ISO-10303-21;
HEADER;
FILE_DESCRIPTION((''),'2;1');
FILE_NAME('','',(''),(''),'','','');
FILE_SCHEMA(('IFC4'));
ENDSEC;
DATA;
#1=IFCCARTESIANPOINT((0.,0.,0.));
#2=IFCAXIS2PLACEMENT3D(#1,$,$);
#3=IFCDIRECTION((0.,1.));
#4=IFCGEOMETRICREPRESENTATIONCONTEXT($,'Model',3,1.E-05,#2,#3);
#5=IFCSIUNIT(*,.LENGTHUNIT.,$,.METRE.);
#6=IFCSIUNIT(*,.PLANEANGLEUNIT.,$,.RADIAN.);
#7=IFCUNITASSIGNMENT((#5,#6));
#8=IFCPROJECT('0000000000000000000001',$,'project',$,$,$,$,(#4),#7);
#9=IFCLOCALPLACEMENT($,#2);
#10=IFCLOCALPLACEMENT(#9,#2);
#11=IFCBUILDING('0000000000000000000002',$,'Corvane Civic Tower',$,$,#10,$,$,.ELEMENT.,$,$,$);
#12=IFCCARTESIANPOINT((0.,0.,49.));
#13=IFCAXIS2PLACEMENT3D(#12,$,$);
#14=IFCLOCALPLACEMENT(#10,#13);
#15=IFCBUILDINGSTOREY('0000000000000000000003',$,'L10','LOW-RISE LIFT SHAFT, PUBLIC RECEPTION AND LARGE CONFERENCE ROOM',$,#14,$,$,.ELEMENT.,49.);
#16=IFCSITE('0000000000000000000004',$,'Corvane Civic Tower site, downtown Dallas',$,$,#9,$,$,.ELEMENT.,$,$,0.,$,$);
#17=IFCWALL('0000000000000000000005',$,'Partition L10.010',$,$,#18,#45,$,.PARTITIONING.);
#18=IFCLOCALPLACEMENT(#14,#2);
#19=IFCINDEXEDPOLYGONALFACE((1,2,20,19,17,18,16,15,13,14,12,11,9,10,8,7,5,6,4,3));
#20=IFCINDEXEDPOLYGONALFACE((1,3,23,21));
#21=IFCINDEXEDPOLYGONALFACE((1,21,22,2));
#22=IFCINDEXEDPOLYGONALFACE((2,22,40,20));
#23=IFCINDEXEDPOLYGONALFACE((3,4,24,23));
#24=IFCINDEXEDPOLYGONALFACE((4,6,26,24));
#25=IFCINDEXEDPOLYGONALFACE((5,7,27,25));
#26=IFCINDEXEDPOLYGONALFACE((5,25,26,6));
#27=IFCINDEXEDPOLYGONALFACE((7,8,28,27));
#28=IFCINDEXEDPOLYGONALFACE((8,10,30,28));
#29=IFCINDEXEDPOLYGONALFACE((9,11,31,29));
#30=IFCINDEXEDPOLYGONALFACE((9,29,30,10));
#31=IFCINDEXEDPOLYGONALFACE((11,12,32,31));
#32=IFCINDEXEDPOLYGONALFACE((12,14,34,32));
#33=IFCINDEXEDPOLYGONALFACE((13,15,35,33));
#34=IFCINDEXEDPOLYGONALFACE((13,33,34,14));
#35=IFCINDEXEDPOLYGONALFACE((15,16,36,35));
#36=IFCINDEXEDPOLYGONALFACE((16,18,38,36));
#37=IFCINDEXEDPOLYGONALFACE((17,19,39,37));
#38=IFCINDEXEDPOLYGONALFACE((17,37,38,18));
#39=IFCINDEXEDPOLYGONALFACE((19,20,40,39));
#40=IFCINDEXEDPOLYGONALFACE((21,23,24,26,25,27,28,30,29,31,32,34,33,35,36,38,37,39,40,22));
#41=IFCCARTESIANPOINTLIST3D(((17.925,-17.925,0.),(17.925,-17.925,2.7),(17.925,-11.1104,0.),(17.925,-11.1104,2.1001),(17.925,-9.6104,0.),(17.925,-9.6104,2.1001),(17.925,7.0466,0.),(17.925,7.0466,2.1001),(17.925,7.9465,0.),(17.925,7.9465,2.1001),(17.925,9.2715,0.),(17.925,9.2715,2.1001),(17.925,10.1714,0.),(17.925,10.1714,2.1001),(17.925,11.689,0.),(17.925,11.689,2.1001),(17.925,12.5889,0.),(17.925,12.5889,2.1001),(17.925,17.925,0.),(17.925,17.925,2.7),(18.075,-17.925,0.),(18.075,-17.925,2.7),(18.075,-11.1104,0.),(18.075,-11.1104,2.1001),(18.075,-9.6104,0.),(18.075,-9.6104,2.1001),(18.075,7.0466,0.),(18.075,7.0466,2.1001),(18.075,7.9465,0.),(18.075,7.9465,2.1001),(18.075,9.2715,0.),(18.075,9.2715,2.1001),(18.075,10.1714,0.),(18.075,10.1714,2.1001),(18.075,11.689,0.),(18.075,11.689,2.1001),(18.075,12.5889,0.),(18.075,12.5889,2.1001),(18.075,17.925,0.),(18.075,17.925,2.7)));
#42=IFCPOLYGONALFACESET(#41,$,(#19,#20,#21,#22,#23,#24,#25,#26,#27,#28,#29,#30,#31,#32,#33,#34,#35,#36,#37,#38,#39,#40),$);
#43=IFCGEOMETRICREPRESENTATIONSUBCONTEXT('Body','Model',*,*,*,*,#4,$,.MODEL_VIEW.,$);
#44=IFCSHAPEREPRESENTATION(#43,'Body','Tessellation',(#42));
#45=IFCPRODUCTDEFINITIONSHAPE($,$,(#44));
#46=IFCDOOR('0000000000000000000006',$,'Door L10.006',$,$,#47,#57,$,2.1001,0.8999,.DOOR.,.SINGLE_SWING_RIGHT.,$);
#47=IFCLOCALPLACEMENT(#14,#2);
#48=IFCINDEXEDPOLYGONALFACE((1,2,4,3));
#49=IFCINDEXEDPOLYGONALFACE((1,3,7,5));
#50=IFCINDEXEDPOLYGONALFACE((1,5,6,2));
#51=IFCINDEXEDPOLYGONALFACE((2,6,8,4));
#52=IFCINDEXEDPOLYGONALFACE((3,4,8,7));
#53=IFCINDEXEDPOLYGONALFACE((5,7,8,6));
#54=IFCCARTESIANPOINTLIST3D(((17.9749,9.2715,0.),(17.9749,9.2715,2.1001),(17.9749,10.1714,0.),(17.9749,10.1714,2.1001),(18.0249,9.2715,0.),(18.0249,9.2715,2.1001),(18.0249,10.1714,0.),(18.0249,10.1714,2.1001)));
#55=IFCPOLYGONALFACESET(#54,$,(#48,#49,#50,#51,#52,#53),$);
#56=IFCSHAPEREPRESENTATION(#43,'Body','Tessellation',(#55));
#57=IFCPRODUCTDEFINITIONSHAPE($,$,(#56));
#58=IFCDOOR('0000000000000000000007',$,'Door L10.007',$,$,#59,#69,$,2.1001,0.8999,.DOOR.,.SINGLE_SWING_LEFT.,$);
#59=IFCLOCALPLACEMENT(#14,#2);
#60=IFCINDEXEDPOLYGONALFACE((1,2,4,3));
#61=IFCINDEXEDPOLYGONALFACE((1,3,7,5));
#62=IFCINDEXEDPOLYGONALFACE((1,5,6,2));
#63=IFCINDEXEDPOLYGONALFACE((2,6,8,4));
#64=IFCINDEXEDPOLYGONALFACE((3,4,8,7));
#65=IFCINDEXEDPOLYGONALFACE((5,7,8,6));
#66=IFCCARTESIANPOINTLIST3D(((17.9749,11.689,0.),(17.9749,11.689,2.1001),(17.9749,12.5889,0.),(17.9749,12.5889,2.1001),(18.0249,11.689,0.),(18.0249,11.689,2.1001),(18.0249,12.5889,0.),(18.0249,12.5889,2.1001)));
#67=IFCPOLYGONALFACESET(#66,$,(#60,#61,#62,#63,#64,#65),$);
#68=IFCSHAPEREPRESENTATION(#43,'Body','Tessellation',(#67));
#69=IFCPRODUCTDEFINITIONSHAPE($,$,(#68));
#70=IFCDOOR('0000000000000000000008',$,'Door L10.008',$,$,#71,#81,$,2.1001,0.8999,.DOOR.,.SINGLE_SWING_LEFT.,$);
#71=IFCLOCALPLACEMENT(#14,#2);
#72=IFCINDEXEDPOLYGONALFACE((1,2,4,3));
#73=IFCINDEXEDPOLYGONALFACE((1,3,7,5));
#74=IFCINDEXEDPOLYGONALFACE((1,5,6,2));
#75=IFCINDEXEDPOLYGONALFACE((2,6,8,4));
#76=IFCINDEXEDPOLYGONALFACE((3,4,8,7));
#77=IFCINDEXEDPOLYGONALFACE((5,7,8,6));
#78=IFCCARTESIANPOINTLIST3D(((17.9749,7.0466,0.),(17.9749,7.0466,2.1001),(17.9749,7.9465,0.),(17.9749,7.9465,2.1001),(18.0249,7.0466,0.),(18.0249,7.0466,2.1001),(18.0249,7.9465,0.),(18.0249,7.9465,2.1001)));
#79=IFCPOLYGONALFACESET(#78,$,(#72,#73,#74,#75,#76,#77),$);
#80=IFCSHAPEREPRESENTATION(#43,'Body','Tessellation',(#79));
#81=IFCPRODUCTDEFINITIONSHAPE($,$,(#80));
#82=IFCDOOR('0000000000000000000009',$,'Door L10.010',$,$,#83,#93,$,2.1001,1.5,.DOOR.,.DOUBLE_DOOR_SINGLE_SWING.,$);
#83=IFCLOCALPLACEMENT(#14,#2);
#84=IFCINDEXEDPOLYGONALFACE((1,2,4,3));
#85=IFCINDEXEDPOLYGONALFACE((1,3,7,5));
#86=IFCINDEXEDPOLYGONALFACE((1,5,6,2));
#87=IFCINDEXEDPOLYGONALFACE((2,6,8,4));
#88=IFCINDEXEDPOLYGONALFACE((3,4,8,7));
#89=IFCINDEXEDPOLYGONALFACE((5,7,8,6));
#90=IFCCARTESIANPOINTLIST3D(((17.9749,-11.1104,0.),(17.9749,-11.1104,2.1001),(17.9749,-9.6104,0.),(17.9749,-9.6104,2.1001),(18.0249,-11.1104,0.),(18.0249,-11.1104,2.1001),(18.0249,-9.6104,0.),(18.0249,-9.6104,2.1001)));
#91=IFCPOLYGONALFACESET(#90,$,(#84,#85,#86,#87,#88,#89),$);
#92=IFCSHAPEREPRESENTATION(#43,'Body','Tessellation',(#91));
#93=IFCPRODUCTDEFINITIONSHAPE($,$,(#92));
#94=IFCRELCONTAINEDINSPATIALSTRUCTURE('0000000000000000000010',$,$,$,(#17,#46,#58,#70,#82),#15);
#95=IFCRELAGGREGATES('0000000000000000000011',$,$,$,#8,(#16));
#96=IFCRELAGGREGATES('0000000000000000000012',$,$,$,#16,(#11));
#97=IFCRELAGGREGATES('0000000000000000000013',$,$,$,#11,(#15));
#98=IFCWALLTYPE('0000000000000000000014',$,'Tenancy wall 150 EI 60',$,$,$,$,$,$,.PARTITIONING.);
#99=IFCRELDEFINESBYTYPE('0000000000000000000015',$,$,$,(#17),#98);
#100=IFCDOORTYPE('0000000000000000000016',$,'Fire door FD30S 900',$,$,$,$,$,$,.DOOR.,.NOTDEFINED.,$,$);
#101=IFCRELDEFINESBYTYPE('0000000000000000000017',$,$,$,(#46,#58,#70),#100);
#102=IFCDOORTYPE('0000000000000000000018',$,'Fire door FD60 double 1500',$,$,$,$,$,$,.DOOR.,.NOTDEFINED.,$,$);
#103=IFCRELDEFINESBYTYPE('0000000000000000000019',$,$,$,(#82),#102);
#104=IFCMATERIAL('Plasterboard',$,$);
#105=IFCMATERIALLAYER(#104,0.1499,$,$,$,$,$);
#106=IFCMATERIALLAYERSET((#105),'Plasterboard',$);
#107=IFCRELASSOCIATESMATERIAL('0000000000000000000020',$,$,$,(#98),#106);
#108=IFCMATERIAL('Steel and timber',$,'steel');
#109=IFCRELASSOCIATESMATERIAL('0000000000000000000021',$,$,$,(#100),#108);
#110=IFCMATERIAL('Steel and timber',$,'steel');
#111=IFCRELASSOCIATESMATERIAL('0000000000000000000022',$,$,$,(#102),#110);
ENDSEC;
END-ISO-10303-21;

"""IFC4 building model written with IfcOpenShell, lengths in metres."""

from ifc_helpers import new_model, si_unit, direction, frame, frame_2d, origin, place, context, subcontext, project, spatial, rectangle, extrude, material, layer, layer_set, type_object, element, fill, save


model = new_model("IFC4")

# Units and contexts
model_context = context("Model", 3, precision=1e-05, world=origin(), true_north=direction((0.0, 1.0)))
body_context = subcontext(model_context, "Body", "Model", "MODEL_VIEW")
ifc_project = project(units=[si_unit("LENGTHUNIT", "METRE"), si_unit("PLANEANGLEUNIT", "RADIAN")], contexts=[model_context])

# Site, building, storey
site_placement = place(None, origin())
site = spatial("IfcSite", under=ifc_project, at=site_placement, Name="Corvane Civic Tower site, downtown Dallas", CompositionType="ELEMENT", RefElevation=0.0)
building_placement = place(site_placement, origin())
building = spatial("IfcBuilding", under=site, at=building_placement, Name="Corvane Civic Tower", CompositionType="ELEMENT")
storey_placement = place(building_placement, frame((0.0, 0.0, 49.0)))
storey = spatial("IfcBuildingStorey", under=building, at=storey_placement, Name="L10", Description="LOW-RISE LIFT SHAFT, PUBLIC RECEPTION AND LARGE CONFERENCE ROOM", CompositionType="ELEMENT", Elevation=49.0)

# Wall, openings, doors
ifc_material_1 = material(Name="Plasterboard")
ifc_layer_1 = layer(ifc_material_1, 0.1499)
ifc_layer_set_1 = layer_set([ifc_layer_1], Name="Plasterboard")
wall_type_1 = type_object("IfcWallType", Name="Tenancy wall 150 EI 60", PredefinedType="PARTITIONING", material=ifc_layer_set_1)
wall_1_placement = place(storey_placement, frame((18.0, -17.925, 0.0), z_axis=(0.0, 0.0, 1.0), x_axis=(0.0, 1.0, 0.0)))
wall_1 = element("IfcWall", 1, at=wall_1_placement, inside=storey, type_object=wall_type_1, Name="Partition L10.010", PredefinedType="PARTITIONING", context=body_context, shape_type="SweptSolid", body=[
    extrude(rectangle(XDim=35.8501, YDim=0.1499, at=frame_2d((17.925, 0.0))), origin(), (0.0, 0.0, 1.0), 2.7),
])
opening_1_placement = place(wall_1_placement, frame((27.1965, 0.0, 0.0)))
opening_1 = element("IfcOpeningElement", 2, at=opening_1_placement, cuts=wall_1, PredefinedType="OPENING", context=body_context, shape_type="SweptSolid", body=[
    extrude(rectangle(XDim=0.8999, YDim=2.1001, at=frame_2d((0.45, 1.05))), frame((0.0, 0.085, 0.0), z_axis=(0.0, -1.0, 0.0), x_axis=(1.0, 0.0, 0.0)), (0.0, 0.0, 1.0), 0.1699),
])
opening_2_placement = place(wall_1_placement, frame((29.614, 0.0, 0.0)))
opening_2 = element("IfcOpeningElement", 3, at=opening_2_placement, cuts=wall_1, PredefinedType="OPENING", context=body_context, shape_type="SweptSolid", body=[
    extrude(rectangle(XDim=0.8999, YDim=2.1001, at=frame_2d((0.45, 1.05))), frame((0.0, 0.085, 0.0), z_axis=(0.0, -1.0, 0.0), x_axis=(1.0, 0.0, 0.0)), (0.0, 0.0, 1.0), 0.1699),
])
opening_3_placement = place(wall_1_placement, frame((24.9717, 0.0, 0.0)))
opening_3 = element("IfcOpeningElement", 4, at=opening_3_placement, cuts=wall_1, PredefinedType="OPENING", context=body_context, shape_type="SweptSolid", body=[
    extrude(rectangle(XDim=0.8999, YDim=2.1001, at=frame_2d((0.45, 1.05))), frame((0.0, 0.085, 0.0), z_axis=(0.0, -1.0, 0.0), x_axis=(1.0, 0.0, 0.0)), (0.0, 0.0, 1.0), 0.1699),
])
opening_4_placement = place(wall_1_placement, frame((6.8147, 0.0, 0.0)))
opening_4 = element("IfcOpeningElement", 5, at=opening_4_placement, cuts=wall_1, PredefinedType="OPENING", context=body_context, shape_type="SweptSolid", body=[
    extrude(rectangle(XDim=1.5, YDim=2.1001, at=frame_2d((0.75, 1.05))), frame((0.0, 0.085, 0.0), z_axis=(0.0, -1.0, 0.0), x_axis=(1.0, 0.0, 0.0)), (0.0, 0.0, 1.0), 0.1699),
])
ifc_material_2 = material(Name="Steel and timber", Category="steel")
door_type_1 = type_object("IfcDoorType", Name="Fire door FD30S 900", OperationType="NOTDEFINED", PredefinedType="DOOR", material=ifc_material_2)
door_1_placement = place(opening_1_placement, frame((0.8999, 0.0, 0.0), z_axis=(0.0, 0.0, 1.0), x_axis=(-1.0, 0.0, 0.0)))
door_1 = element("IfcDoor", 6, at=door_1_placement, inside=storey, type_object=door_type_1, Name="Door L10.006", OperationType="SINGLE_SWING_RIGHT", OverallHeight=2.1001, OverallWidth=0.8999, PredefinedType="DOOR", context=body_context, shape_type="SweptSolid", body=[
    extrude(rectangle(XDim=0.8999, YDim=2.1001, at=frame_2d((0.45, 1.05))), frame((0.0, 0.0249, 0.0), z_axis=(0.0, -1.0, 0.0), x_axis=(1.0, 0.0, 0.0)), (0.0, 0.0, 1.0), 0.05),
])
fill(opening_1, door_1)
door_2_placement = place(opening_2_placement, frame((0.8999, 0.0, 0.0), z_axis=(0.0, 0.0, 1.0), x_axis=(-1.0, 0.0, 0.0)))
door_2 = element("IfcDoor", 7, at=door_2_placement, inside=storey, type_object=door_type_1, Name="Door L10.007", OperationType="SINGLE_SWING_LEFT", OverallHeight=2.1001, OverallWidth=0.8999, PredefinedType="DOOR", context=body_context, shape_type="SweptSolid", body=[
    extrude(rectangle(XDim=0.8999, YDim=2.1001, at=frame_2d((0.45, 1.05))), frame((0.0, 0.0249, 0.0), z_axis=(0.0, -1.0, 0.0), x_axis=(1.0, 0.0, 0.0)), (0.0, 0.0, 1.0), 0.05),
])
fill(opening_2, door_2)
door_3_placement = place(opening_3_placement, frame((0.8999, 0.0, 0.0), z_axis=(0.0, 0.0, 1.0), x_axis=(-1.0, 0.0, 0.0)))
door_3 = element("IfcDoor", 8, at=door_3_placement, inside=storey, type_object=door_type_1, Name="Door L10.008", OperationType="SINGLE_SWING_LEFT", OverallHeight=2.1001, OverallWidth=0.8999, PredefinedType="DOOR", context=body_context, shape_type="SweptSolid", body=[
    extrude(rectangle(XDim=0.8999, YDim=2.1001, at=frame_2d((0.45, 1.05))), frame((0.0, 0.0249, 0.0), z_axis=(0.0, -1.0, 0.0), x_axis=(1.0, 0.0, 0.0)), (0.0, 0.0, 1.0), 0.05),
])
fill(opening_3, door_3)
ifc_material_3 = material(Name="Steel and timber", Category="steel")
door_type_2 = type_object("IfcDoorType", Name="Fire door FD60 double 1500", OperationType="NOTDEFINED", PredefinedType="DOOR", material=ifc_material_3)
door_4_placement = place(opening_4_placement, frame((1.5, 0.0, 0.0), z_axis=(0.0, 0.0, 1.0), x_axis=(-1.0, 0.0, 0.0)))
door_4 = element("IfcDoor", 9, at=door_4_placement, inside=storey, type_object=door_type_2, Name="Door L10.010", OperationType="DOUBLE_DOOR_SINGLE_SWING", OverallHeight=2.1001, OverallWidth=1.5, PredefinedType="DOOR", context=body_context, shape_type="SweptSolid", body=[
    extrude(rectangle(XDim=1.5, YDim=2.1001, at=frame_2d((0.75, 1.05))), frame((0.0, 0.0249, 0.0), z_axis=(0.0, -1.0, 0.0), x_axis=(1.0, 0.0, 0.0)), (0.0, 0.0, 1.0), 0.05),
])
fill(opening_4, door_4)

save(model, "model.ifc")
